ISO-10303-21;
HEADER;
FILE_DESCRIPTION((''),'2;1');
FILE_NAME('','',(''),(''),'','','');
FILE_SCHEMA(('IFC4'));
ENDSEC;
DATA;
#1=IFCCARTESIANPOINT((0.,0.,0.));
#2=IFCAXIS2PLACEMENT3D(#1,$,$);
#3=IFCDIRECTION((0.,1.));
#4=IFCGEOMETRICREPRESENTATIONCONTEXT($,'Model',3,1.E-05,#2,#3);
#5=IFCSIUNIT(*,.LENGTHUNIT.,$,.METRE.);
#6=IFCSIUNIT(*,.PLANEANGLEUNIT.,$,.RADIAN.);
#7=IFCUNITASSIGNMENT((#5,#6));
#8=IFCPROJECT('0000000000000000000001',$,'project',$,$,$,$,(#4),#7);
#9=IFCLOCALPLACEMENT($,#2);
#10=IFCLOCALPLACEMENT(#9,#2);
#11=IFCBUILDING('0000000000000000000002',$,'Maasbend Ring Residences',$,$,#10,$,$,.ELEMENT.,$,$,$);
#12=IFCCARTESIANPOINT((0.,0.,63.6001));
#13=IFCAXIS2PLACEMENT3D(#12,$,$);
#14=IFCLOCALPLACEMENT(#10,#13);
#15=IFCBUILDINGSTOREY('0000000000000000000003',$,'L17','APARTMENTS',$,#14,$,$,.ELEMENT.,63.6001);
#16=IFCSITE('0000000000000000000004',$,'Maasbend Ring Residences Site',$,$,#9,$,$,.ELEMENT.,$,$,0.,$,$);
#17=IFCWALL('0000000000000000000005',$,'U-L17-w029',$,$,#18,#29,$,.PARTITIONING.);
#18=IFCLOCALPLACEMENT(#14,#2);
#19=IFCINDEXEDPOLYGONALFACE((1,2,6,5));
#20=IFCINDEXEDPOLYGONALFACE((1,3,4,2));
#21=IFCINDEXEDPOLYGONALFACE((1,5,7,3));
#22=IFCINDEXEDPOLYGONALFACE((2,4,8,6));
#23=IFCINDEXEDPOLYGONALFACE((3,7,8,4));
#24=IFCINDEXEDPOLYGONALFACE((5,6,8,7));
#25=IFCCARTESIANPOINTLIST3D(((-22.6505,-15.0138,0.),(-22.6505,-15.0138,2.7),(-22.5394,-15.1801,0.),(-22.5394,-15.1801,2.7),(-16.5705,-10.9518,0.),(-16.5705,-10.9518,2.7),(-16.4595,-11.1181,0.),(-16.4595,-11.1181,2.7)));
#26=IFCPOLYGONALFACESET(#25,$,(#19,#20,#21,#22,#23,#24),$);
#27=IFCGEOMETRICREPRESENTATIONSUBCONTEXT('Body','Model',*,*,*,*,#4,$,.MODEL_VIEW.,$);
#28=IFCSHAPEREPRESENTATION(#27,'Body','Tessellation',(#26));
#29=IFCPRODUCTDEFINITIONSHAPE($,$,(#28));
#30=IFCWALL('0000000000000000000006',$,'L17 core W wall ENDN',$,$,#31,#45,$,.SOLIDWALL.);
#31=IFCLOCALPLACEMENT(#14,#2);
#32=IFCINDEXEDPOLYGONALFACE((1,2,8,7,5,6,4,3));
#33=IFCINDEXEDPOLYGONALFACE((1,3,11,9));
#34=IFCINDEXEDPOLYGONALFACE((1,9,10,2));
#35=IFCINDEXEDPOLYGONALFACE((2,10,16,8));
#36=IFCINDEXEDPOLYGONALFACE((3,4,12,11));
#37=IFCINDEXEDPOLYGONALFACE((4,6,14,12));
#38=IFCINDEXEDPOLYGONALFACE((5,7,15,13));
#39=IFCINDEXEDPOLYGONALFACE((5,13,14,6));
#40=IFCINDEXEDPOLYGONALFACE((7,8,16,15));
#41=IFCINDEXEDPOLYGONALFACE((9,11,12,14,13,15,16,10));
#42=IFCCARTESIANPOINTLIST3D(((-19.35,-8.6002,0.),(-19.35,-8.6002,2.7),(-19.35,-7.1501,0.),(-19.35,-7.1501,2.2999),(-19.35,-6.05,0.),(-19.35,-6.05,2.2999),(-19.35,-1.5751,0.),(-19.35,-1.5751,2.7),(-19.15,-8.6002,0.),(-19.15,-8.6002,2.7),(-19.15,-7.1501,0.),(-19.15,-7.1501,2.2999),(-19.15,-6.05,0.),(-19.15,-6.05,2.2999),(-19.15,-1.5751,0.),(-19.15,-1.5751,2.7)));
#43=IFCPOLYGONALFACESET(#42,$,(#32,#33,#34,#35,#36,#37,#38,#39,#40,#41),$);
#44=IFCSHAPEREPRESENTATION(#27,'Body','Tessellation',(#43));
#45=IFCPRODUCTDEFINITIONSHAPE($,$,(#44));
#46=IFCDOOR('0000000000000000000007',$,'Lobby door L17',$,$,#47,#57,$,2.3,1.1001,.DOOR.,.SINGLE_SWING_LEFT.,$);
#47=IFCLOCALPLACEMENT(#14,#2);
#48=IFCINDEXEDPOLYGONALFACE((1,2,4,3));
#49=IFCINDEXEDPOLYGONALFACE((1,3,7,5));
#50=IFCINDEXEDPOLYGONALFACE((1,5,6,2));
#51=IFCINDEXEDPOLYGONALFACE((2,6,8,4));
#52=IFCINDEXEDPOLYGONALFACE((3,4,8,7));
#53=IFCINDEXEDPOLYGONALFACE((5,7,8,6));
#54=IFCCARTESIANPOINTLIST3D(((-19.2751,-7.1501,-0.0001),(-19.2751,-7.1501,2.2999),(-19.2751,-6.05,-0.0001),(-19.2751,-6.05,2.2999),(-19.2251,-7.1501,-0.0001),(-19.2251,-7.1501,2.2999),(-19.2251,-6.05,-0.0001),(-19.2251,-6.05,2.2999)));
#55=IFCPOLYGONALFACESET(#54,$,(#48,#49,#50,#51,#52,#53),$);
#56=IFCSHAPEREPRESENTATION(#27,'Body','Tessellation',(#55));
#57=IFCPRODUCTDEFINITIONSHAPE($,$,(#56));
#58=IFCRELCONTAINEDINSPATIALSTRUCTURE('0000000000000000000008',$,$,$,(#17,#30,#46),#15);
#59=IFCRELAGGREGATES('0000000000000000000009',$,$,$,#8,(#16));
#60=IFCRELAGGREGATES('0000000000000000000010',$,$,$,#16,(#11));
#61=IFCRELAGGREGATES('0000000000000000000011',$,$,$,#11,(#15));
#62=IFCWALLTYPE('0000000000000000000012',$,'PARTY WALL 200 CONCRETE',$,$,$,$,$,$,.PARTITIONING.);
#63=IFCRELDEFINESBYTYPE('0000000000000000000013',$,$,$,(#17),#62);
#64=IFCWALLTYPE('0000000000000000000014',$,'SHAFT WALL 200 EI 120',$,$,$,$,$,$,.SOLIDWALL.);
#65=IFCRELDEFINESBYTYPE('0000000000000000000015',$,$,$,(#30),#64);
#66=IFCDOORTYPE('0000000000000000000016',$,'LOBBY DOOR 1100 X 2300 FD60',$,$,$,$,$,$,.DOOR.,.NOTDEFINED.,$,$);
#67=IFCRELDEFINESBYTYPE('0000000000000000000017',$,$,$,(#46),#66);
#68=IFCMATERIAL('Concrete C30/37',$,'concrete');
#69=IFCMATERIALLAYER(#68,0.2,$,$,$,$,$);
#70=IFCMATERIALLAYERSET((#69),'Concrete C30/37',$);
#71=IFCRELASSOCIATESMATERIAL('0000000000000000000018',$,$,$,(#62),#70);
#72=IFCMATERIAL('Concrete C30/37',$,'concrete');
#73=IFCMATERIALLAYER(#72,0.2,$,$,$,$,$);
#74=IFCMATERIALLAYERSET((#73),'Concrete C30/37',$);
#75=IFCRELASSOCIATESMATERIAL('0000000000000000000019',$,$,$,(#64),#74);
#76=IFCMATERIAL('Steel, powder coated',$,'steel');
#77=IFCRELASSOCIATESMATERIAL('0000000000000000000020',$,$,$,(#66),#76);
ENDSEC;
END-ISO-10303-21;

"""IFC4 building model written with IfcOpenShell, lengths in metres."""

from ifc_helpers import new_model, si_unit, direction, frame, frame_2d, origin, place, context, subcontext, project, spatial, rectangle, extrude, material, layer, layer_set, type_object, element, fill, save


model = new_model("IFC4")

# Units and contexts
model_context = context("Model", 3, precision=1e-05, world=origin(), true_north=direction((0.0, 1.0)))
body_context = subcontext(model_context, "Body", "Model", "MODEL_VIEW")
ifc_project = project(units=[si_unit("LENGTHUNIT", "METRE"), si_unit("PLANEANGLEUNIT", "RADIAN")], contexts=[model_context])

# Site, building, storey
site_placement = place(None, origin())
site = spatial("IfcSite", under=ifc_project, at=site_placement, Name="Maasbend Ring Residences Site", CompositionType="ELEMENT", RefElevation=0.0)
building_placement = place(site_placement, origin())
building = spatial("IfcBuilding", under=site, at=building_placement, Name="Maasbend Ring Residences", CompositionType="ELEMENT")
storey_placement = place(building_placement, frame((0.0, 0.0, 63.6001)))
storey = spatial("IfcBuildingStorey", under=building, at=storey_placement, Name="L17", Description="APARTMENTS", CompositionType="ELEMENT", Elevation=63.6001)

# Wall
ifc_material_1 = material(Name="Concrete C30/37", Category="concrete")
ifc_layer_1 = layer(ifc_material_1, 0.2)
ifc_layer_set_1 = layer_set([ifc_layer_1], Name="Concrete C30/37")
wall_type_1 = type_object("IfcWallType", Name="PARTY WALL 200 CONCRETE", PredefinedType="PARTITIONING", material=ifc_layer_set_1)
wall_1_placement = place(storey_placement, frame((-22.595, -15.0969, 0.0), z_axis=(0.0, 0.0, 1.0), x_axis=(0.831505, 0.555517, 0.0)))
element("IfcWall", 1, at=wall_1_placement, inside=storey, type_object=wall_type_1, Name="U-L17-w029", PredefinedType="PARTITIONING", context=body_context, shape_type="SweptSolid", body=[
    extrude(rectangle(XDim=7.312, YDim=0.2, at=frame_2d((3.656, 0.0))), origin(), (0.0, 0.0, 1.0), 2.7),
])

# Wall, opening, door
ifc_material_2 = material(Name="Concrete C30/37", Category="concrete")
ifc_layer_2 = layer(ifc_material_2, 0.2)
ifc_layer_set_2 = layer_set([ifc_layer_2], Name="Concrete C30/37")
wall_type_2 = type_object("IfcWallType", Name="SHAFT WALL 200 EI 120", PredefinedType="SOLIDWALL", material=ifc_layer_set_2)
wall_2_placement = place(storey_placement, frame((-19.25, -1.575, 0.0), z_axis=(0.0, 0.0, 1.0), x_axis=(0.0, -1.0, 0.0)))
wall_2 = element("IfcWall", 2, at=wall_2_placement, inside=storey, type_object=wall_type_2, Name="L17 core W wall ENDN", PredefinedType="SOLIDWALL", context=body_context, shape_type="SweptSolid", body=[
    extrude(rectangle(XDim=7.0251, YDim=0.2, at=frame_2d((3.5127, 0.0))), origin(), (0.0, 0.0, 1.0), 2.7),
])
opening_1_placement = place(wall_2_placement, frame((4.4751, 0.0, 0.0)))
opening_1 = element("IfcOpeningElement", 3, at=opening_1_placement, cuts=wall_2, PredefinedType="OPENING", context=body_context, shape_type="SweptSolid", body=[
    extrude(rectangle(XDim=1.1001, YDim=2.3, at=frame_2d((0.55, 1.1499))), frame((0.0, 0.1099, 0.0), z_axis=(0.0, -1.0, 0.0), x_axis=(1.0, 0.0, 0.0)), (0.0, 0.0, 1.0), 0.22),
])
ifc_material_3 = material(Name="Steel, powder coated", Category="steel")
door_type_1 = type_object("IfcDoorType", Name="LOBBY DOOR 1100 X 2300 FD60", OperationType="NOTDEFINED", PredefinedType="DOOR", material=ifc_material_3)
door_1_placement = place(opening_1_placement, origin())
door_1 = element("IfcDoor", 4, at=door_1_placement, inside=storey, type_object=door_type_1, Name="Lobby door L17", OperationType="SINGLE_SWING_LEFT", OverallHeight=2.3, OverallWidth=1.1001, PredefinedType="DOOR", context=body_context, shape_type="SweptSolid", body=[
    extrude(rectangle(XDim=1.1001, YDim=2.3, at=frame_2d((0.55, 1.1499))), frame((0.0, 0.0249, 0.0), z_axis=(0.0, -1.0, 0.0), x_axis=(1.0, 0.0, 0.0)), (0.0, 0.0, 1.0), 0.05),
])
fill(opening_1, door_1)

save(model, "model.ifc")
